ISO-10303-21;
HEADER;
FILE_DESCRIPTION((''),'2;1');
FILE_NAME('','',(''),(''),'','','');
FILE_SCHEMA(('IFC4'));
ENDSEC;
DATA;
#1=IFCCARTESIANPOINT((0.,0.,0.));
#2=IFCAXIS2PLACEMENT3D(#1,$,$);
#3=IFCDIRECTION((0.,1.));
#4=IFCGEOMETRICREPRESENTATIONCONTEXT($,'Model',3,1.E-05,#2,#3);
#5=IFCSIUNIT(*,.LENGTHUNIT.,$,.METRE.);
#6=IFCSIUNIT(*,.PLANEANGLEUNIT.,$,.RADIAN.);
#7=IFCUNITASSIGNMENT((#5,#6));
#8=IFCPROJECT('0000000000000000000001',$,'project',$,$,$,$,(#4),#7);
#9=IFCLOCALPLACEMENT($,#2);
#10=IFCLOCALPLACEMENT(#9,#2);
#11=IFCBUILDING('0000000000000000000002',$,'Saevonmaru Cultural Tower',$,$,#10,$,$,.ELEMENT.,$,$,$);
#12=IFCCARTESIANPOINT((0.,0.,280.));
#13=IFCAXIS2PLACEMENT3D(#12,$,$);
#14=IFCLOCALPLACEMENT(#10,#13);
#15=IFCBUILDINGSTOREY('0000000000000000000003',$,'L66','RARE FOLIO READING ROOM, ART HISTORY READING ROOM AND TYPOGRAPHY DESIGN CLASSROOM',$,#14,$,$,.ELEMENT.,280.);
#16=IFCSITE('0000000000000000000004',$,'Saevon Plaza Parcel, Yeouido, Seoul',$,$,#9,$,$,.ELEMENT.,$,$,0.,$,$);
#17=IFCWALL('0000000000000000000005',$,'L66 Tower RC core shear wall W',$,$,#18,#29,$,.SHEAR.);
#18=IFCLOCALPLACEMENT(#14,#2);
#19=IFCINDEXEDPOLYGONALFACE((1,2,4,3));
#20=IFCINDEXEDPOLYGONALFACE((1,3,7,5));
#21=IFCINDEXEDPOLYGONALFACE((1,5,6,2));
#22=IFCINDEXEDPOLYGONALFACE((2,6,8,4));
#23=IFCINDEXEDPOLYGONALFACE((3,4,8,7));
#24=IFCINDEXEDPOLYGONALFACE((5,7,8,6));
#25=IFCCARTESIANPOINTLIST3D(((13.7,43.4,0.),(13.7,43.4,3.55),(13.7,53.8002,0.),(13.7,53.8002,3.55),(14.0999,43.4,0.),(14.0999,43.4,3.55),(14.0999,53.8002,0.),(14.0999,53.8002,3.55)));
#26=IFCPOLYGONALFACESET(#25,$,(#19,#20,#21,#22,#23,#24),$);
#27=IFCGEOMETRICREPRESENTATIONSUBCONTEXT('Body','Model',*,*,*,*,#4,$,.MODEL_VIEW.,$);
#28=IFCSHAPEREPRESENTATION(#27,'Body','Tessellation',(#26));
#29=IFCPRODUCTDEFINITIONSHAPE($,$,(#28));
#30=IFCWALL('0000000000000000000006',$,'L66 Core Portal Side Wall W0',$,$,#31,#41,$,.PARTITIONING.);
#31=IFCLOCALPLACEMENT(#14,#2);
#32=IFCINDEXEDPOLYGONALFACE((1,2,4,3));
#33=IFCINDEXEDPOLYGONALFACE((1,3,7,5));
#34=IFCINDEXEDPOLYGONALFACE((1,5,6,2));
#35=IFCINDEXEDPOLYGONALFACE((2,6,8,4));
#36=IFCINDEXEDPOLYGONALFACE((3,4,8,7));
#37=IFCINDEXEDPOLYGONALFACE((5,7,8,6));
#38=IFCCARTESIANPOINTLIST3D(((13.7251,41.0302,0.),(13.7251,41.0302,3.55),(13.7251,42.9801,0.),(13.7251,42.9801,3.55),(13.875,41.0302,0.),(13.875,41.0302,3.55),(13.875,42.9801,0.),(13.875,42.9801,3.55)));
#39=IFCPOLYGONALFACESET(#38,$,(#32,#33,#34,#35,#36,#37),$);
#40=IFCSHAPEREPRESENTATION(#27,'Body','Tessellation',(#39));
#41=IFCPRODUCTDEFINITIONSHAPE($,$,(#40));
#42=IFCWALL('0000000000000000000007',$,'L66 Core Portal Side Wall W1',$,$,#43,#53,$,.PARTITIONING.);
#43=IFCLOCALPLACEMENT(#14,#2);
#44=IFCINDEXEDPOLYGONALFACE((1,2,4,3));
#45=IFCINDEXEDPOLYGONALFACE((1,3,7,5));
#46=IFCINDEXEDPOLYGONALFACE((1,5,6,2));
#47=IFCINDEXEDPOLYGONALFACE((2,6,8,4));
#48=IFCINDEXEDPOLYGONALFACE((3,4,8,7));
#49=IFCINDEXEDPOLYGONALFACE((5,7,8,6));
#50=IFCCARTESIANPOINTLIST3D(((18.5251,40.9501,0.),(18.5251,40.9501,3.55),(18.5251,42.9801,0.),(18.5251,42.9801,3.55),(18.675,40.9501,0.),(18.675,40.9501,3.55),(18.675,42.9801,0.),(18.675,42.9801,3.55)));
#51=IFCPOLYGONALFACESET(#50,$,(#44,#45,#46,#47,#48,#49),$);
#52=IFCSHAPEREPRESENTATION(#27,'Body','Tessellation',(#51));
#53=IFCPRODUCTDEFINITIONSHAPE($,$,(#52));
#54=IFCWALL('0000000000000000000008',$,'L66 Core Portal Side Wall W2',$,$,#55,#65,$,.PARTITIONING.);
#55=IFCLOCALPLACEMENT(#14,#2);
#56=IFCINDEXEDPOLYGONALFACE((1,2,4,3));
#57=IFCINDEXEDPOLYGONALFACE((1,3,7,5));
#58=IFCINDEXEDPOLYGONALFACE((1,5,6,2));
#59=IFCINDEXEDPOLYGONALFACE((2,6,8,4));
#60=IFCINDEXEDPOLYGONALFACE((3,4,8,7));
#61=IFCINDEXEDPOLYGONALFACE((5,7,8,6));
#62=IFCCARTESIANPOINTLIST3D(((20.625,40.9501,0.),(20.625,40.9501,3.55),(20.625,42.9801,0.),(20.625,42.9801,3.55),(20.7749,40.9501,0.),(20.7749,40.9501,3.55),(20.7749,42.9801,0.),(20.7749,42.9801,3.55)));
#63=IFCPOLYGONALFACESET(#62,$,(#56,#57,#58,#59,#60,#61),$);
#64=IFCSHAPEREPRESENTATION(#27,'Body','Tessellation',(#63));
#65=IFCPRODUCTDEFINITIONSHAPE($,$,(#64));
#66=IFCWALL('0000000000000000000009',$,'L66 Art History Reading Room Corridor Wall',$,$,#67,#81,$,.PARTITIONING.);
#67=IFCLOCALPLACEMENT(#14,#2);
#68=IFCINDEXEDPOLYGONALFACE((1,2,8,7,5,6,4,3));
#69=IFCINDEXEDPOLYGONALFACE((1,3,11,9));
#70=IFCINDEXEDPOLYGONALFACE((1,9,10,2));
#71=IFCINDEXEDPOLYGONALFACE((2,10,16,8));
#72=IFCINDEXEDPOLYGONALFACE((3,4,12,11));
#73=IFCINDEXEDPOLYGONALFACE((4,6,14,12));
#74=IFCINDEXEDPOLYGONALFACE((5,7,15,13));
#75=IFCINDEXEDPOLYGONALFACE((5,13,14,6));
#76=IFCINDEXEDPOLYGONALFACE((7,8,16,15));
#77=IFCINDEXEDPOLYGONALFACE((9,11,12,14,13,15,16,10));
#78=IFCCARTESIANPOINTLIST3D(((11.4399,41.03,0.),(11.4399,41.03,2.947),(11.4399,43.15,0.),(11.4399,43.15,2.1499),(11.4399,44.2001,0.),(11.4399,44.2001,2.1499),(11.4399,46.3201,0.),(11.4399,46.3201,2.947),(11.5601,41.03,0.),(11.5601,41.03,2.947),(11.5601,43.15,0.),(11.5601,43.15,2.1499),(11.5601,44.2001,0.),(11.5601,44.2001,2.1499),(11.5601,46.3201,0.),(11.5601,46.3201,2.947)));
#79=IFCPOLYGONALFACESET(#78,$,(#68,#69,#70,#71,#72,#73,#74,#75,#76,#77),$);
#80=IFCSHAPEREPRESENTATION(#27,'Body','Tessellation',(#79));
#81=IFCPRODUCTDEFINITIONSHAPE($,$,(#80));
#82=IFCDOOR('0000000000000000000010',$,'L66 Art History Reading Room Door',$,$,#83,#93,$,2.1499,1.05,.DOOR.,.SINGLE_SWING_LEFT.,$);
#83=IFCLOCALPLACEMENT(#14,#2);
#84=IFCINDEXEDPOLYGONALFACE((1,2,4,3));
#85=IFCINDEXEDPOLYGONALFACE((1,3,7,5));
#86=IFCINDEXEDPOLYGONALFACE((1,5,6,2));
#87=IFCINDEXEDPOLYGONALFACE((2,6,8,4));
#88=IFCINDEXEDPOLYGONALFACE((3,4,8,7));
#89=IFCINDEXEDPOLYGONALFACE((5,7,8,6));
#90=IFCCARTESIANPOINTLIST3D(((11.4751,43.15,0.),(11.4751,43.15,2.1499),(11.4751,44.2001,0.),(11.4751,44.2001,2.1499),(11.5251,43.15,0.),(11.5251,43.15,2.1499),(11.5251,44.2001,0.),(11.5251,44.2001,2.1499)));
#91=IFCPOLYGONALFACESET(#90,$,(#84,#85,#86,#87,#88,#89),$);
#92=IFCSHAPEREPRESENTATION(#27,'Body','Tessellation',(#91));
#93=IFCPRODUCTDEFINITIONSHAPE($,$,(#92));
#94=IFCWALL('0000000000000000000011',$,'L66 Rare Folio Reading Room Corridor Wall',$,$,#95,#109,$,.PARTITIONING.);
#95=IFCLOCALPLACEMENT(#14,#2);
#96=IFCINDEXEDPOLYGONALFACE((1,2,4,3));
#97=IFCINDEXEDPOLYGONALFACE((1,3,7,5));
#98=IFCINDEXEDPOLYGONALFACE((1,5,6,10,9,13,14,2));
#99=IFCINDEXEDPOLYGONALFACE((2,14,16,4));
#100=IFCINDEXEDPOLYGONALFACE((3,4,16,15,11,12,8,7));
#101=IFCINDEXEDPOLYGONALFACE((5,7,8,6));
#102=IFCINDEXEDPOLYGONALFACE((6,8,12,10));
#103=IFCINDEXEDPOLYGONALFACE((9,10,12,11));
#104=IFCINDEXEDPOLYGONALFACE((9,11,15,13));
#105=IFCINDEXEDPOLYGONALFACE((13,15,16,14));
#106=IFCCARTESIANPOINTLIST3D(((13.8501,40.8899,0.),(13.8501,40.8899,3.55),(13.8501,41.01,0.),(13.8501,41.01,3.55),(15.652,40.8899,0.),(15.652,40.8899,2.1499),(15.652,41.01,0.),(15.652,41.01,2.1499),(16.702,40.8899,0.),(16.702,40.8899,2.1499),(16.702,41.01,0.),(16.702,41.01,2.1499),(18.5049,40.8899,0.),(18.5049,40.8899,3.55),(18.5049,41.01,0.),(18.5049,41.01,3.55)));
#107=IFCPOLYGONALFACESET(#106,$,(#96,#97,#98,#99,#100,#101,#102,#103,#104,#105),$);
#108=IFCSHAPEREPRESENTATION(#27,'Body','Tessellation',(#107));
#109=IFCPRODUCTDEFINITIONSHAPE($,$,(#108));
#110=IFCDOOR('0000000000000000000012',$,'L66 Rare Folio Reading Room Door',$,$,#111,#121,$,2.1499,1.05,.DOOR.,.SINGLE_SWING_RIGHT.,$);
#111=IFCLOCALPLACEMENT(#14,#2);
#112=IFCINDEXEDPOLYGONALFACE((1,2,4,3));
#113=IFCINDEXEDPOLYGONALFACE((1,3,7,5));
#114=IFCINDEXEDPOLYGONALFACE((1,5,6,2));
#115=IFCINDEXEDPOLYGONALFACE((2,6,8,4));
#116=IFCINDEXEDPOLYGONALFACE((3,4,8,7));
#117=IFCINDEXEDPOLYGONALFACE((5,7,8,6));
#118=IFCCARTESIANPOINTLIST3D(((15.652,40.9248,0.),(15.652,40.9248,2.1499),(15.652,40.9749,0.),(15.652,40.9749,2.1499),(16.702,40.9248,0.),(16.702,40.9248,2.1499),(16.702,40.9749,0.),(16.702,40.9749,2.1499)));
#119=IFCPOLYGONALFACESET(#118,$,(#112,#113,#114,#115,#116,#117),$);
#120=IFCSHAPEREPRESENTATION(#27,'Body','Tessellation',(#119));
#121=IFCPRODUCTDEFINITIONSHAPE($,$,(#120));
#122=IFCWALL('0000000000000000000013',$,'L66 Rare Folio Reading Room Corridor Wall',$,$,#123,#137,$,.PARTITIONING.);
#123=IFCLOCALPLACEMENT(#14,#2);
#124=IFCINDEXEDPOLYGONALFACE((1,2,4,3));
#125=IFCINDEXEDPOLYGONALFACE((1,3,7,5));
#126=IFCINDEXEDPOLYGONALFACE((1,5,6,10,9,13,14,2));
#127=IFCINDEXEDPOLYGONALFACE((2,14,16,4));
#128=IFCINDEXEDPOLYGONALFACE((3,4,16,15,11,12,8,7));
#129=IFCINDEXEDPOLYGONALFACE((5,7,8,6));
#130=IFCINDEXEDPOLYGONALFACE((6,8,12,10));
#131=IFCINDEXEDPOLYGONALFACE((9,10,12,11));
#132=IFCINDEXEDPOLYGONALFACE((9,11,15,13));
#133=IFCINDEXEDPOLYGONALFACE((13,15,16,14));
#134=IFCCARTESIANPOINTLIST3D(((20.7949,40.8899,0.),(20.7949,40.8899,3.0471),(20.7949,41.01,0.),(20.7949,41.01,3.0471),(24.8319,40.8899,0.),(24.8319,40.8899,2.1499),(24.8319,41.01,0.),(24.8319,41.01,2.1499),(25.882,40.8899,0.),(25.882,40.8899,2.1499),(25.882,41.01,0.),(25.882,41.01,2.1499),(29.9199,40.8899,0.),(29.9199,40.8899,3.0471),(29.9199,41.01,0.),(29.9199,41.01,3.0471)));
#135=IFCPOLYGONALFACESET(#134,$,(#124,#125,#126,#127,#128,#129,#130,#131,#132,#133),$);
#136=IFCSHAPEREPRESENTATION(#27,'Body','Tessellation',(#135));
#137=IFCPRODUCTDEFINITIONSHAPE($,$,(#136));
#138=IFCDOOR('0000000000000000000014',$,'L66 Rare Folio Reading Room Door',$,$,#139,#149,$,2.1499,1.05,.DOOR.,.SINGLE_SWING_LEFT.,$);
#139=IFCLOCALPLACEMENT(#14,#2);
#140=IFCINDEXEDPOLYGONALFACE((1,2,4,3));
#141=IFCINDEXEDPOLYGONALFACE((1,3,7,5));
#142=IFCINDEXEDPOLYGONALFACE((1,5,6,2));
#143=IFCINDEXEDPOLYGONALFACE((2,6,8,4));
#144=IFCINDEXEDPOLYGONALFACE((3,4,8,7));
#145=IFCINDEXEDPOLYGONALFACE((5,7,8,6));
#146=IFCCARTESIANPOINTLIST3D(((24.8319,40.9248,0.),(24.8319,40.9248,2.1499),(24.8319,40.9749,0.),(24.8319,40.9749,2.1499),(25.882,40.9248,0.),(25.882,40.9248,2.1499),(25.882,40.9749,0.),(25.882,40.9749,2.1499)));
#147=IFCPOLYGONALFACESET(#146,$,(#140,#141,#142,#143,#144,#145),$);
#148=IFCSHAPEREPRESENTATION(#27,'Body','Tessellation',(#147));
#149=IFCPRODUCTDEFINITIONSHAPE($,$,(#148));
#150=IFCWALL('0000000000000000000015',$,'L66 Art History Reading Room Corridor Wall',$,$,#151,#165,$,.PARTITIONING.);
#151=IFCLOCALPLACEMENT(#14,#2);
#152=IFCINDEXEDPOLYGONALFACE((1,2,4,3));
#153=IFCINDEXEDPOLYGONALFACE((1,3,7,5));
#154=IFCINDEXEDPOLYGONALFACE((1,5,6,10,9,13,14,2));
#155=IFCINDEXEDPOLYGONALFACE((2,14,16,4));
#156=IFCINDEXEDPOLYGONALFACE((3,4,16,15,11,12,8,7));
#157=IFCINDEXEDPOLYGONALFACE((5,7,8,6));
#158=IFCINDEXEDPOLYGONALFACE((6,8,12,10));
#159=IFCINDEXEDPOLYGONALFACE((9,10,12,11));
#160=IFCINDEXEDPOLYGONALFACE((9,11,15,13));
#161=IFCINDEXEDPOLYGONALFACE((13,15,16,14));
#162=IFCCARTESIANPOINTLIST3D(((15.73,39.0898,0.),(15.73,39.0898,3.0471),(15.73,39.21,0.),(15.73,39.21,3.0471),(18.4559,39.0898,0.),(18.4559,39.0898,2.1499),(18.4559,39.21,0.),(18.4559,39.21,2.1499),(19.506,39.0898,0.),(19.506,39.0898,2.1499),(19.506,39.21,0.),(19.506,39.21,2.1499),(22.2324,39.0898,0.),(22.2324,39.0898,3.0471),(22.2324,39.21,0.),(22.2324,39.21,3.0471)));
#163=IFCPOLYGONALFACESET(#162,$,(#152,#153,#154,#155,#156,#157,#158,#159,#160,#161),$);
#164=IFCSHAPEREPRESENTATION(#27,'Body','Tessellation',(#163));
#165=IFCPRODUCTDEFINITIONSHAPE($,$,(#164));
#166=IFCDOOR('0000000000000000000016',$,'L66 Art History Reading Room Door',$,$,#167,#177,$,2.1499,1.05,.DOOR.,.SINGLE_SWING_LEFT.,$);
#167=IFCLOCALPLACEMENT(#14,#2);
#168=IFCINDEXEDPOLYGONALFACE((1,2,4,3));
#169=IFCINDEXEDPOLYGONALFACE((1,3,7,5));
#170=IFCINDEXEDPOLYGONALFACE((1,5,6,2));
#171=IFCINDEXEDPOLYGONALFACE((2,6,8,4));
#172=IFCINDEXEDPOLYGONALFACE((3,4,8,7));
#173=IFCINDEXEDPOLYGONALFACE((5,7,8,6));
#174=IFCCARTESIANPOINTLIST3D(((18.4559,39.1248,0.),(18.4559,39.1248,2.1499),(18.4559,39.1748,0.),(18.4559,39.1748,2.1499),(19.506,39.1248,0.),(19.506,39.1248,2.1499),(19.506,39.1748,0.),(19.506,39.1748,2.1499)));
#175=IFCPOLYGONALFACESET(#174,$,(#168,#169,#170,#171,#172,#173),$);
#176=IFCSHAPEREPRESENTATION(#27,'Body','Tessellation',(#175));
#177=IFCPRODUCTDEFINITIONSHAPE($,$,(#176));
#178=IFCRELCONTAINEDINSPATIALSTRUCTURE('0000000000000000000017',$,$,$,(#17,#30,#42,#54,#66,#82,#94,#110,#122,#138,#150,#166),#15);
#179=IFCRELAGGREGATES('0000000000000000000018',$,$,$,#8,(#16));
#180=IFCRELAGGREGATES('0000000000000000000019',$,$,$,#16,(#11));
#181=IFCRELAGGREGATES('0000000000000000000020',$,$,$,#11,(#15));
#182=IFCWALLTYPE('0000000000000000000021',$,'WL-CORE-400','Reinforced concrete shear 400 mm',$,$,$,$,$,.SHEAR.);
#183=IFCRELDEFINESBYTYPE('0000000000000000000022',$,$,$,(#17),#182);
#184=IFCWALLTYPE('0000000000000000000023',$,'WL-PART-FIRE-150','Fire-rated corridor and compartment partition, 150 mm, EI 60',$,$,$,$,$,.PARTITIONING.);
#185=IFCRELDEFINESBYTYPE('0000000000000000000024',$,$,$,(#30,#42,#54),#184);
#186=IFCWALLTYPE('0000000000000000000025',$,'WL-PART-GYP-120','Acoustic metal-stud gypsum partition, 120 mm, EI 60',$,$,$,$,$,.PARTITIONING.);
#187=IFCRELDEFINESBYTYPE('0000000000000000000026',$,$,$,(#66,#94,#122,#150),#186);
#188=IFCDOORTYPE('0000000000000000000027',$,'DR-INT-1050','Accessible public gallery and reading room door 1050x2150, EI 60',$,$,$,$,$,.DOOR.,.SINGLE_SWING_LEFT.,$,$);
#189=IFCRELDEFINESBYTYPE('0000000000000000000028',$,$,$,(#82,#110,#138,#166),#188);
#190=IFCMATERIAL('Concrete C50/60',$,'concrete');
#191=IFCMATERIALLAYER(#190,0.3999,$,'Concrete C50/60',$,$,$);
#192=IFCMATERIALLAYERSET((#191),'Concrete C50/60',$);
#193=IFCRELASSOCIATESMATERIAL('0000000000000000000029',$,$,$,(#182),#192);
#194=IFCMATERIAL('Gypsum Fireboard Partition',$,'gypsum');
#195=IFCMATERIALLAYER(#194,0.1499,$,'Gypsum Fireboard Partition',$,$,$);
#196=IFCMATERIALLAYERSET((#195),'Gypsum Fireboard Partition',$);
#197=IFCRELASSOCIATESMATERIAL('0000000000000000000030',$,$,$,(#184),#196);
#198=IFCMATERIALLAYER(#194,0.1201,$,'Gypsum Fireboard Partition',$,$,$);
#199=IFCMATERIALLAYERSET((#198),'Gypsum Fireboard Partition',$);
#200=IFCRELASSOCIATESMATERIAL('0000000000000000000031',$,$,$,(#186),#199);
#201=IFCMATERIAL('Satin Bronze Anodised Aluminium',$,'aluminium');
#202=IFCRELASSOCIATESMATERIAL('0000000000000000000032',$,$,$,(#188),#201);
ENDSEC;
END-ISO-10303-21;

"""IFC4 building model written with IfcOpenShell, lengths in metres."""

from ifc_helpers import new_model, si_unit, direction, frame, frame_2d, origin, place, context, subcontext, project, spatial, rectangle, extrude, material, layer, layer_set, type_object, element, fill, save


model = new_model("IFC4")

# Units and contexts
model_context = context("Model", 3, precision=1e-05, world=origin(), true_north=direction((0.0, 1.0)))
body_context = subcontext(model_context, "Body", "Model", "MODEL_VIEW")
ifc_project = project(units=[si_unit("LENGTHUNIT", "METRE"), si_unit("PLANEANGLEUNIT", "RADIAN")], contexts=[model_context])

# Site, building, storey
site_placement = place(None, origin())
site = spatial("IfcSite", under=ifc_project, at=site_placement, Name="Saevon Plaza Parcel, Yeouido, Seoul", CompositionType="ELEMENT", RefElevation=0.0)
building_placement = place(site_placement, origin())
building = spatial("IfcBuilding", under=site, at=building_placement, Name="Saevonmaru Cultural Tower", CompositionType="ELEMENT")
storey_placement = place(building_placement, frame((0.0, 0.0, 280.0)))
storey = spatial("IfcBuildingStorey", under=building, at=storey_placement, Name="L66", Description="RARE FOLIO READING ROOM, ART HISTORY READING ROOM AND TYPOGRAPHY DESIGN CLASSROOM", CompositionType="ELEMENT", Elevation=280.0)

# Shared definitions
ifc_material_1 = material(Name="Concrete C50/60", Category="concrete")
ifc_layer_1 = layer(ifc_material_1, 0.3999, Name="Concrete C50/60")
ifc_layer_set_1 = layer_set([ifc_layer_1], Name="Concrete C50/60")
wall_type_1 = type_object("IfcWallType", Name="WL-CORE-400", Description="Reinforced concrete shear 400 mm", PredefinedType="SHEAR", material=ifc_layer_set_1)
ifc_material_2 = material(Name="Satin Bronze Anodised Aluminium", Category="aluminium")

# Walls
wall_1_placement = place(storey_placement, frame((13.8999, 43.3999, 0.0), z_axis=(0.0, 0.0, 1.0), x_axis=(0.0, 1.0, 0.0)))
element("IfcWall", 1, at=wall_1_placement, inside=storey, type_object=wall_type_1, Name="L66 Tower RC core shear wall W", PredefinedType="SHEAR", context=body_context, shape_type="SweptSolid", body=[
    extrude(rectangle(XDim=10.4001, YDim=0.3999, at=frame_2d((5.2002, 0.0))), origin(), (0.0, 0.0, 1.0), 3.55),
])
ifc_material_3 = material(Name="Gypsum Fireboard Partition", Category="gypsum")
ifc_layer_2 = layer(ifc_material_3, 0.1499, Name="Gypsum Fireboard Partition")
ifc_layer_set_2 = layer_set([ifc_layer_2], Name="Gypsum Fireboard Partition")
wall_type_2 = type_object("IfcWallType", Name="WL-PART-FIRE-150", Description="Fire-rated corridor and compartment partition, 150 mm, EI 60", PredefinedType="PARTITIONING", material=ifc_layer_set_2)
wall_2_placement = place(storey_placement, frame((13.8, 41.03, 0.0), z_axis=(0.0, 0.0, 1.0), x_axis=(0.0, 1.0, 0.0)))
element("IfcWall", 2, at=wall_2_placement, inside=storey, type_object=wall_type_2, Name="L66 Core Portal Side Wall W0", PredefinedType="PARTITIONING", context=body_context, shape_type="SweptSolid", body=[
    extrude(rectangle(XDim=1.95, YDim=0.1499, at=frame_2d((0.9751, 0.0))), origin(), (0.0, 0.0, 1.0), 3.55),
])
for number, where, z_axis, x_axis, name in (
    (3, (18.6001, 40.95, 0.0), (0.0, 0.0, 1.0), (0.0, 1.0, 0.0), "L66 Core Portal Side Wall W1"),
    (4, (20.7, 40.95, 0.0), (0.0, 0.0, 1.0), (0.0, 1.0, 0.0), "L66 Core Portal Side Wall W2"),
):
    element("IfcWall", number, at=place(storey_placement, frame(where, z_axis=z_axis, x_axis=x_axis)), inside=storey, type_object=wall_type_2, Name=name, PredefinedType="PARTITIONING", context=body_context, shape_type="SweptSolid", body=[
        extrude(rectangle(XDim=2.03, YDim=0.1499, at=frame_2d((1.0151, 0.0))), origin(), (0.0, 0.0, 1.0), 3.55),
    ])

# Walls, openings, doors
ifc_layer_3 = layer(ifc_material_3, 0.1201, Name="Gypsum Fireboard Partition")
ifc_layer_set_3 = layer_set([ifc_layer_3], Name="Gypsum Fireboard Partition")
wall_type_3 = type_object("IfcWallType", Name="WL-PART-GYP-120", Description="Acoustic metal-stud gypsum partition, 120 mm, EI 60", PredefinedType="PARTITIONING", material=ifc_layer_set_3)
wall_3_placement = place(storey_placement, frame((11.5, 41.03, 0.0), z_axis=(0.0, 0.0, 1.0), x_axis=(0.0, 1.0, 0.0)))
wall_3 = element("IfcWall", 5, at=wall_3_placement, inside=storey, type_object=wall_type_3, Name="L66 Art History Reading Room Corridor Wall", PredefinedType="PARTITIONING", context=body_context, shape_type="SweptSolid", body=[
    extrude(rectangle(XDim=5.29, YDim=0.1201, at=frame_2d((2.645, 0.0))), origin(), (0.0, 0.0, 1.0), 2.947),
])
opening_1_placement = place(wall_3_placement, frame((2.1201, 0.0, 0.0)))
opening_1 = element("IfcOpeningElement", 6, at=opening_1_placement, cuts=wall_3, PredefinedType="OPENING", context=body_context, shape_type="SweptSolid", body=[
    extrude(rectangle(XDim=1.05, YDim=2.1499, at=frame_2d((0.5249, 1.075))), frame((0.0, 0.0701, 0.0), z_axis=(0.0, -1.0, 0.0), x_axis=(1.0, 0.0, 0.0)), (0.0, 0.0, 1.0), 0.1401),
])
door_type_1 = type_object("IfcDoorType", Name="DR-INT-1050", Description="Accessible public gallery and reading room door 1050x2150, EI 60", OperationType="SINGLE_SWING_LEFT", PredefinedType="DOOR", material=ifc_material_2)
door_1_placement = place(opening_1_placement, origin())
door_1 = element("IfcDoor", 7, at=door_1_placement, inside=storey, type_object=door_type_1, Name="L66 Art History Reading Room Door", OperationType="SINGLE_SWING_LEFT", OverallHeight=2.1499, OverallWidth=1.05, PredefinedType="DOOR", context=body_context, shape_type="SweptSolid", body=[
    extrude(rectangle(XDim=1.05, YDim=2.1499, at=frame_2d((0.5249, 1.075))), frame((0.0, 0.0249, 0.0), z_axis=(0.0, -1.0, 0.0), x_axis=(1.0, 0.0, 0.0)), (0.0, 0.0, 1.0), 0.05),
])
fill(opening_1, door_1)
wall_4_placement = place(storey_placement, frame((13.8501, 40.95, 0.0), z_axis=(0.0, 0.0, 1.0), x_axis=(1.0, 0.0, 0.0)))
wall_4 = element("IfcWall", 8, at=wall_4_placement, inside=storey, type_object=wall_type_3, Name="L66 Rare Folio Reading Room Corridor Wall", PredefinedType="PARTITIONING", context=body_context, shape_type="SweptSolid", body=[
    extrude(rectangle(XDim=4.6548, YDim=0.1201, at=frame_2d((2.3274, 0.0))), origin(), (0.0, 0.0, 1.0), 3.55),
])
opening_2_placement = place(wall_4_placement, frame((1.802, 0.0, 0.0)))
opening_2 = element("IfcOpeningElement", 9, at=opening_2_placement, cuts=wall_4, PredefinedType="OPENING", context=body_context, shape_type="SweptSolid", body=[
    extrude(rectangle(XDim=1.05, YDim=2.1499, at=frame_2d((0.5249, 1.075))), frame((0.0, 0.0701, 0.0), z_axis=(0.0, -1.0, 0.0), x_axis=(1.0, 0.0, 0.0)), (0.0, 0.0, 1.0), 0.1401),
])
door_2_placement = place(opening_2_placement, origin())
door_2 = element("IfcDoor", 10, at=door_2_placement, inside=storey, type_object=door_type_1, Name="L66 Rare Folio Reading Room Door", OperationType="SINGLE_SWING_RIGHT", OverallHeight=2.1499, OverallWidth=1.05, PredefinedType="DOOR", context=body_context, shape_type="SweptSolid", body=[
    extrude(rectangle(XDim=1.05, YDim=2.1499, at=frame_2d((0.5249, 1.075))), frame((0.0, 0.0249, 0.0), z_axis=(0.0, -1.0, 0.0), x_axis=(1.0, 0.0, 0.0)), (0.0, 0.0, 1.0), 0.05),
])
fill(opening_2, door_2)
wall_5_placement = place(storey_placement, frame((20.7949, 40.95, 0.0), z_axis=(0.0, 0.0, 1.0), x_axis=(1.0, 0.0, 0.0)))
wall_5 = element("IfcWall", 11, at=wall_5_placement, inside=storey, type_object=wall_type_3, Name="L66 Rare Folio Reading Room Corridor Wall", PredefinedType="PARTITIONING", context=body_context, shape_type="SweptSolid", body=[
    extrude(rectangle(XDim=9.125, YDim=0.1201, at=frame_2d((4.5625, 0.0))), origin(), (0.0, 0.0, 1.0), 3.0471),
])
opening_3_placement = place(wall_5_placement, frame((4.0371, 0.0, 0.0)))
opening_3 = element("IfcOpeningElement", 12, at=opening_3_placement, cuts=wall_5, PredefinedType="OPENING", context=body_context, shape_type="SweptSolid", body=[
    extrude(rectangle(XDim=1.05, YDim=2.1499, at=frame_2d((0.5249, 1.075))), frame((0.0, 0.0701, 0.0), z_axis=(0.0, -1.0, 0.0), x_axis=(1.0, 0.0, 0.0)), (0.0, 0.0, 1.0), 0.1401),
])
door_3_placement = place(opening_3_placement, origin())
door_3 = element("IfcDoor", 13, at=door_3_placement, inside=storey, type_object=door_type_1, Name="L66 Rare Folio Reading Room Door", OperationType="SINGLE_SWING_LEFT", OverallHeight=2.1499, OverallWidth=1.05, PredefinedType="DOOR", context=body_context, shape_type="SweptSolid", body=[
    extrude(rectangle(XDim=1.05, YDim=2.1499, at=frame_2d((0.5249, 1.075))), frame((0.0, 0.0249, 0.0), z_axis=(0.0, -1.0, 0.0), x_axis=(1.0, 0.0, 0.0)), (0.0, 0.0, 1.0), 0.05),
])
fill(opening_3, door_3)
wall_6_placement = place(storey_placement, frame((15.73, 39.1499, 0.0), z_axis=(0.0, 0.0, 1.0), x_axis=(1.0, 0.0, 0.0)))
wall_6 = element("IfcWall", 14, at=wall_6_placement, inside=storey, type_object=wall_type_3, Name="L66 Art History Reading Room Corridor Wall", PredefinedType="PARTITIONING", context=body_context, shape_type="SweptSolid", body=[
    extrude(rectangle(XDim=6.5024, YDim=0.1201, at=frame_2d((3.2512, 0.0))), origin(), (0.0, 0.0, 1.0), 3.0471),
])
opening_4_placement = place(wall_6_placement, frame((2.7261, 0.0, 0.0)))
opening_4 = element("IfcOpeningElement", 15, at=opening_4_placement, cuts=wall_6, PredefinedType="OPENING", context=body_context, shape_type="SweptSolid", body=[
    extrude(rectangle(XDim=1.05, YDim=2.1499, at=frame_2d((0.5249, 1.075))), frame((0.0, 0.0701, 0.0), z_axis=(0.0, -1.0, 0.0), x_axis=(1.0, 0.0, 0.0)), (0.0, 0.0, 1.0), 0.1401),
])
door_4_placement = place(opening_4_placement, origin())
door_4 = element("IfcDoor", 16, at=door_4_placement, inside=storey, type_object=door_type_1, Name="L66 Art History Reading Room Door", OperationType="SINGLE_SWING_LEFT", OverallHeight=2.1499, OverallWidth=1.05, PredefinedType="DOOR", context=body_context, shape_type="SweptSolid", body=[
    extrude(rectangle(XDim=1.05, YDim=2.1499, at=frame_2d((0.5249, 1.075))), frame((0.0, 0.0249, 0.0), z_axis=(0.0, -1.0, 0.0), x_axis=(1.0, 0.0, 0.0)), (0.0, 0.0, 1.0), 0.05),
])
fill(opening_4, door_4)

save(model, "model.ifc")
